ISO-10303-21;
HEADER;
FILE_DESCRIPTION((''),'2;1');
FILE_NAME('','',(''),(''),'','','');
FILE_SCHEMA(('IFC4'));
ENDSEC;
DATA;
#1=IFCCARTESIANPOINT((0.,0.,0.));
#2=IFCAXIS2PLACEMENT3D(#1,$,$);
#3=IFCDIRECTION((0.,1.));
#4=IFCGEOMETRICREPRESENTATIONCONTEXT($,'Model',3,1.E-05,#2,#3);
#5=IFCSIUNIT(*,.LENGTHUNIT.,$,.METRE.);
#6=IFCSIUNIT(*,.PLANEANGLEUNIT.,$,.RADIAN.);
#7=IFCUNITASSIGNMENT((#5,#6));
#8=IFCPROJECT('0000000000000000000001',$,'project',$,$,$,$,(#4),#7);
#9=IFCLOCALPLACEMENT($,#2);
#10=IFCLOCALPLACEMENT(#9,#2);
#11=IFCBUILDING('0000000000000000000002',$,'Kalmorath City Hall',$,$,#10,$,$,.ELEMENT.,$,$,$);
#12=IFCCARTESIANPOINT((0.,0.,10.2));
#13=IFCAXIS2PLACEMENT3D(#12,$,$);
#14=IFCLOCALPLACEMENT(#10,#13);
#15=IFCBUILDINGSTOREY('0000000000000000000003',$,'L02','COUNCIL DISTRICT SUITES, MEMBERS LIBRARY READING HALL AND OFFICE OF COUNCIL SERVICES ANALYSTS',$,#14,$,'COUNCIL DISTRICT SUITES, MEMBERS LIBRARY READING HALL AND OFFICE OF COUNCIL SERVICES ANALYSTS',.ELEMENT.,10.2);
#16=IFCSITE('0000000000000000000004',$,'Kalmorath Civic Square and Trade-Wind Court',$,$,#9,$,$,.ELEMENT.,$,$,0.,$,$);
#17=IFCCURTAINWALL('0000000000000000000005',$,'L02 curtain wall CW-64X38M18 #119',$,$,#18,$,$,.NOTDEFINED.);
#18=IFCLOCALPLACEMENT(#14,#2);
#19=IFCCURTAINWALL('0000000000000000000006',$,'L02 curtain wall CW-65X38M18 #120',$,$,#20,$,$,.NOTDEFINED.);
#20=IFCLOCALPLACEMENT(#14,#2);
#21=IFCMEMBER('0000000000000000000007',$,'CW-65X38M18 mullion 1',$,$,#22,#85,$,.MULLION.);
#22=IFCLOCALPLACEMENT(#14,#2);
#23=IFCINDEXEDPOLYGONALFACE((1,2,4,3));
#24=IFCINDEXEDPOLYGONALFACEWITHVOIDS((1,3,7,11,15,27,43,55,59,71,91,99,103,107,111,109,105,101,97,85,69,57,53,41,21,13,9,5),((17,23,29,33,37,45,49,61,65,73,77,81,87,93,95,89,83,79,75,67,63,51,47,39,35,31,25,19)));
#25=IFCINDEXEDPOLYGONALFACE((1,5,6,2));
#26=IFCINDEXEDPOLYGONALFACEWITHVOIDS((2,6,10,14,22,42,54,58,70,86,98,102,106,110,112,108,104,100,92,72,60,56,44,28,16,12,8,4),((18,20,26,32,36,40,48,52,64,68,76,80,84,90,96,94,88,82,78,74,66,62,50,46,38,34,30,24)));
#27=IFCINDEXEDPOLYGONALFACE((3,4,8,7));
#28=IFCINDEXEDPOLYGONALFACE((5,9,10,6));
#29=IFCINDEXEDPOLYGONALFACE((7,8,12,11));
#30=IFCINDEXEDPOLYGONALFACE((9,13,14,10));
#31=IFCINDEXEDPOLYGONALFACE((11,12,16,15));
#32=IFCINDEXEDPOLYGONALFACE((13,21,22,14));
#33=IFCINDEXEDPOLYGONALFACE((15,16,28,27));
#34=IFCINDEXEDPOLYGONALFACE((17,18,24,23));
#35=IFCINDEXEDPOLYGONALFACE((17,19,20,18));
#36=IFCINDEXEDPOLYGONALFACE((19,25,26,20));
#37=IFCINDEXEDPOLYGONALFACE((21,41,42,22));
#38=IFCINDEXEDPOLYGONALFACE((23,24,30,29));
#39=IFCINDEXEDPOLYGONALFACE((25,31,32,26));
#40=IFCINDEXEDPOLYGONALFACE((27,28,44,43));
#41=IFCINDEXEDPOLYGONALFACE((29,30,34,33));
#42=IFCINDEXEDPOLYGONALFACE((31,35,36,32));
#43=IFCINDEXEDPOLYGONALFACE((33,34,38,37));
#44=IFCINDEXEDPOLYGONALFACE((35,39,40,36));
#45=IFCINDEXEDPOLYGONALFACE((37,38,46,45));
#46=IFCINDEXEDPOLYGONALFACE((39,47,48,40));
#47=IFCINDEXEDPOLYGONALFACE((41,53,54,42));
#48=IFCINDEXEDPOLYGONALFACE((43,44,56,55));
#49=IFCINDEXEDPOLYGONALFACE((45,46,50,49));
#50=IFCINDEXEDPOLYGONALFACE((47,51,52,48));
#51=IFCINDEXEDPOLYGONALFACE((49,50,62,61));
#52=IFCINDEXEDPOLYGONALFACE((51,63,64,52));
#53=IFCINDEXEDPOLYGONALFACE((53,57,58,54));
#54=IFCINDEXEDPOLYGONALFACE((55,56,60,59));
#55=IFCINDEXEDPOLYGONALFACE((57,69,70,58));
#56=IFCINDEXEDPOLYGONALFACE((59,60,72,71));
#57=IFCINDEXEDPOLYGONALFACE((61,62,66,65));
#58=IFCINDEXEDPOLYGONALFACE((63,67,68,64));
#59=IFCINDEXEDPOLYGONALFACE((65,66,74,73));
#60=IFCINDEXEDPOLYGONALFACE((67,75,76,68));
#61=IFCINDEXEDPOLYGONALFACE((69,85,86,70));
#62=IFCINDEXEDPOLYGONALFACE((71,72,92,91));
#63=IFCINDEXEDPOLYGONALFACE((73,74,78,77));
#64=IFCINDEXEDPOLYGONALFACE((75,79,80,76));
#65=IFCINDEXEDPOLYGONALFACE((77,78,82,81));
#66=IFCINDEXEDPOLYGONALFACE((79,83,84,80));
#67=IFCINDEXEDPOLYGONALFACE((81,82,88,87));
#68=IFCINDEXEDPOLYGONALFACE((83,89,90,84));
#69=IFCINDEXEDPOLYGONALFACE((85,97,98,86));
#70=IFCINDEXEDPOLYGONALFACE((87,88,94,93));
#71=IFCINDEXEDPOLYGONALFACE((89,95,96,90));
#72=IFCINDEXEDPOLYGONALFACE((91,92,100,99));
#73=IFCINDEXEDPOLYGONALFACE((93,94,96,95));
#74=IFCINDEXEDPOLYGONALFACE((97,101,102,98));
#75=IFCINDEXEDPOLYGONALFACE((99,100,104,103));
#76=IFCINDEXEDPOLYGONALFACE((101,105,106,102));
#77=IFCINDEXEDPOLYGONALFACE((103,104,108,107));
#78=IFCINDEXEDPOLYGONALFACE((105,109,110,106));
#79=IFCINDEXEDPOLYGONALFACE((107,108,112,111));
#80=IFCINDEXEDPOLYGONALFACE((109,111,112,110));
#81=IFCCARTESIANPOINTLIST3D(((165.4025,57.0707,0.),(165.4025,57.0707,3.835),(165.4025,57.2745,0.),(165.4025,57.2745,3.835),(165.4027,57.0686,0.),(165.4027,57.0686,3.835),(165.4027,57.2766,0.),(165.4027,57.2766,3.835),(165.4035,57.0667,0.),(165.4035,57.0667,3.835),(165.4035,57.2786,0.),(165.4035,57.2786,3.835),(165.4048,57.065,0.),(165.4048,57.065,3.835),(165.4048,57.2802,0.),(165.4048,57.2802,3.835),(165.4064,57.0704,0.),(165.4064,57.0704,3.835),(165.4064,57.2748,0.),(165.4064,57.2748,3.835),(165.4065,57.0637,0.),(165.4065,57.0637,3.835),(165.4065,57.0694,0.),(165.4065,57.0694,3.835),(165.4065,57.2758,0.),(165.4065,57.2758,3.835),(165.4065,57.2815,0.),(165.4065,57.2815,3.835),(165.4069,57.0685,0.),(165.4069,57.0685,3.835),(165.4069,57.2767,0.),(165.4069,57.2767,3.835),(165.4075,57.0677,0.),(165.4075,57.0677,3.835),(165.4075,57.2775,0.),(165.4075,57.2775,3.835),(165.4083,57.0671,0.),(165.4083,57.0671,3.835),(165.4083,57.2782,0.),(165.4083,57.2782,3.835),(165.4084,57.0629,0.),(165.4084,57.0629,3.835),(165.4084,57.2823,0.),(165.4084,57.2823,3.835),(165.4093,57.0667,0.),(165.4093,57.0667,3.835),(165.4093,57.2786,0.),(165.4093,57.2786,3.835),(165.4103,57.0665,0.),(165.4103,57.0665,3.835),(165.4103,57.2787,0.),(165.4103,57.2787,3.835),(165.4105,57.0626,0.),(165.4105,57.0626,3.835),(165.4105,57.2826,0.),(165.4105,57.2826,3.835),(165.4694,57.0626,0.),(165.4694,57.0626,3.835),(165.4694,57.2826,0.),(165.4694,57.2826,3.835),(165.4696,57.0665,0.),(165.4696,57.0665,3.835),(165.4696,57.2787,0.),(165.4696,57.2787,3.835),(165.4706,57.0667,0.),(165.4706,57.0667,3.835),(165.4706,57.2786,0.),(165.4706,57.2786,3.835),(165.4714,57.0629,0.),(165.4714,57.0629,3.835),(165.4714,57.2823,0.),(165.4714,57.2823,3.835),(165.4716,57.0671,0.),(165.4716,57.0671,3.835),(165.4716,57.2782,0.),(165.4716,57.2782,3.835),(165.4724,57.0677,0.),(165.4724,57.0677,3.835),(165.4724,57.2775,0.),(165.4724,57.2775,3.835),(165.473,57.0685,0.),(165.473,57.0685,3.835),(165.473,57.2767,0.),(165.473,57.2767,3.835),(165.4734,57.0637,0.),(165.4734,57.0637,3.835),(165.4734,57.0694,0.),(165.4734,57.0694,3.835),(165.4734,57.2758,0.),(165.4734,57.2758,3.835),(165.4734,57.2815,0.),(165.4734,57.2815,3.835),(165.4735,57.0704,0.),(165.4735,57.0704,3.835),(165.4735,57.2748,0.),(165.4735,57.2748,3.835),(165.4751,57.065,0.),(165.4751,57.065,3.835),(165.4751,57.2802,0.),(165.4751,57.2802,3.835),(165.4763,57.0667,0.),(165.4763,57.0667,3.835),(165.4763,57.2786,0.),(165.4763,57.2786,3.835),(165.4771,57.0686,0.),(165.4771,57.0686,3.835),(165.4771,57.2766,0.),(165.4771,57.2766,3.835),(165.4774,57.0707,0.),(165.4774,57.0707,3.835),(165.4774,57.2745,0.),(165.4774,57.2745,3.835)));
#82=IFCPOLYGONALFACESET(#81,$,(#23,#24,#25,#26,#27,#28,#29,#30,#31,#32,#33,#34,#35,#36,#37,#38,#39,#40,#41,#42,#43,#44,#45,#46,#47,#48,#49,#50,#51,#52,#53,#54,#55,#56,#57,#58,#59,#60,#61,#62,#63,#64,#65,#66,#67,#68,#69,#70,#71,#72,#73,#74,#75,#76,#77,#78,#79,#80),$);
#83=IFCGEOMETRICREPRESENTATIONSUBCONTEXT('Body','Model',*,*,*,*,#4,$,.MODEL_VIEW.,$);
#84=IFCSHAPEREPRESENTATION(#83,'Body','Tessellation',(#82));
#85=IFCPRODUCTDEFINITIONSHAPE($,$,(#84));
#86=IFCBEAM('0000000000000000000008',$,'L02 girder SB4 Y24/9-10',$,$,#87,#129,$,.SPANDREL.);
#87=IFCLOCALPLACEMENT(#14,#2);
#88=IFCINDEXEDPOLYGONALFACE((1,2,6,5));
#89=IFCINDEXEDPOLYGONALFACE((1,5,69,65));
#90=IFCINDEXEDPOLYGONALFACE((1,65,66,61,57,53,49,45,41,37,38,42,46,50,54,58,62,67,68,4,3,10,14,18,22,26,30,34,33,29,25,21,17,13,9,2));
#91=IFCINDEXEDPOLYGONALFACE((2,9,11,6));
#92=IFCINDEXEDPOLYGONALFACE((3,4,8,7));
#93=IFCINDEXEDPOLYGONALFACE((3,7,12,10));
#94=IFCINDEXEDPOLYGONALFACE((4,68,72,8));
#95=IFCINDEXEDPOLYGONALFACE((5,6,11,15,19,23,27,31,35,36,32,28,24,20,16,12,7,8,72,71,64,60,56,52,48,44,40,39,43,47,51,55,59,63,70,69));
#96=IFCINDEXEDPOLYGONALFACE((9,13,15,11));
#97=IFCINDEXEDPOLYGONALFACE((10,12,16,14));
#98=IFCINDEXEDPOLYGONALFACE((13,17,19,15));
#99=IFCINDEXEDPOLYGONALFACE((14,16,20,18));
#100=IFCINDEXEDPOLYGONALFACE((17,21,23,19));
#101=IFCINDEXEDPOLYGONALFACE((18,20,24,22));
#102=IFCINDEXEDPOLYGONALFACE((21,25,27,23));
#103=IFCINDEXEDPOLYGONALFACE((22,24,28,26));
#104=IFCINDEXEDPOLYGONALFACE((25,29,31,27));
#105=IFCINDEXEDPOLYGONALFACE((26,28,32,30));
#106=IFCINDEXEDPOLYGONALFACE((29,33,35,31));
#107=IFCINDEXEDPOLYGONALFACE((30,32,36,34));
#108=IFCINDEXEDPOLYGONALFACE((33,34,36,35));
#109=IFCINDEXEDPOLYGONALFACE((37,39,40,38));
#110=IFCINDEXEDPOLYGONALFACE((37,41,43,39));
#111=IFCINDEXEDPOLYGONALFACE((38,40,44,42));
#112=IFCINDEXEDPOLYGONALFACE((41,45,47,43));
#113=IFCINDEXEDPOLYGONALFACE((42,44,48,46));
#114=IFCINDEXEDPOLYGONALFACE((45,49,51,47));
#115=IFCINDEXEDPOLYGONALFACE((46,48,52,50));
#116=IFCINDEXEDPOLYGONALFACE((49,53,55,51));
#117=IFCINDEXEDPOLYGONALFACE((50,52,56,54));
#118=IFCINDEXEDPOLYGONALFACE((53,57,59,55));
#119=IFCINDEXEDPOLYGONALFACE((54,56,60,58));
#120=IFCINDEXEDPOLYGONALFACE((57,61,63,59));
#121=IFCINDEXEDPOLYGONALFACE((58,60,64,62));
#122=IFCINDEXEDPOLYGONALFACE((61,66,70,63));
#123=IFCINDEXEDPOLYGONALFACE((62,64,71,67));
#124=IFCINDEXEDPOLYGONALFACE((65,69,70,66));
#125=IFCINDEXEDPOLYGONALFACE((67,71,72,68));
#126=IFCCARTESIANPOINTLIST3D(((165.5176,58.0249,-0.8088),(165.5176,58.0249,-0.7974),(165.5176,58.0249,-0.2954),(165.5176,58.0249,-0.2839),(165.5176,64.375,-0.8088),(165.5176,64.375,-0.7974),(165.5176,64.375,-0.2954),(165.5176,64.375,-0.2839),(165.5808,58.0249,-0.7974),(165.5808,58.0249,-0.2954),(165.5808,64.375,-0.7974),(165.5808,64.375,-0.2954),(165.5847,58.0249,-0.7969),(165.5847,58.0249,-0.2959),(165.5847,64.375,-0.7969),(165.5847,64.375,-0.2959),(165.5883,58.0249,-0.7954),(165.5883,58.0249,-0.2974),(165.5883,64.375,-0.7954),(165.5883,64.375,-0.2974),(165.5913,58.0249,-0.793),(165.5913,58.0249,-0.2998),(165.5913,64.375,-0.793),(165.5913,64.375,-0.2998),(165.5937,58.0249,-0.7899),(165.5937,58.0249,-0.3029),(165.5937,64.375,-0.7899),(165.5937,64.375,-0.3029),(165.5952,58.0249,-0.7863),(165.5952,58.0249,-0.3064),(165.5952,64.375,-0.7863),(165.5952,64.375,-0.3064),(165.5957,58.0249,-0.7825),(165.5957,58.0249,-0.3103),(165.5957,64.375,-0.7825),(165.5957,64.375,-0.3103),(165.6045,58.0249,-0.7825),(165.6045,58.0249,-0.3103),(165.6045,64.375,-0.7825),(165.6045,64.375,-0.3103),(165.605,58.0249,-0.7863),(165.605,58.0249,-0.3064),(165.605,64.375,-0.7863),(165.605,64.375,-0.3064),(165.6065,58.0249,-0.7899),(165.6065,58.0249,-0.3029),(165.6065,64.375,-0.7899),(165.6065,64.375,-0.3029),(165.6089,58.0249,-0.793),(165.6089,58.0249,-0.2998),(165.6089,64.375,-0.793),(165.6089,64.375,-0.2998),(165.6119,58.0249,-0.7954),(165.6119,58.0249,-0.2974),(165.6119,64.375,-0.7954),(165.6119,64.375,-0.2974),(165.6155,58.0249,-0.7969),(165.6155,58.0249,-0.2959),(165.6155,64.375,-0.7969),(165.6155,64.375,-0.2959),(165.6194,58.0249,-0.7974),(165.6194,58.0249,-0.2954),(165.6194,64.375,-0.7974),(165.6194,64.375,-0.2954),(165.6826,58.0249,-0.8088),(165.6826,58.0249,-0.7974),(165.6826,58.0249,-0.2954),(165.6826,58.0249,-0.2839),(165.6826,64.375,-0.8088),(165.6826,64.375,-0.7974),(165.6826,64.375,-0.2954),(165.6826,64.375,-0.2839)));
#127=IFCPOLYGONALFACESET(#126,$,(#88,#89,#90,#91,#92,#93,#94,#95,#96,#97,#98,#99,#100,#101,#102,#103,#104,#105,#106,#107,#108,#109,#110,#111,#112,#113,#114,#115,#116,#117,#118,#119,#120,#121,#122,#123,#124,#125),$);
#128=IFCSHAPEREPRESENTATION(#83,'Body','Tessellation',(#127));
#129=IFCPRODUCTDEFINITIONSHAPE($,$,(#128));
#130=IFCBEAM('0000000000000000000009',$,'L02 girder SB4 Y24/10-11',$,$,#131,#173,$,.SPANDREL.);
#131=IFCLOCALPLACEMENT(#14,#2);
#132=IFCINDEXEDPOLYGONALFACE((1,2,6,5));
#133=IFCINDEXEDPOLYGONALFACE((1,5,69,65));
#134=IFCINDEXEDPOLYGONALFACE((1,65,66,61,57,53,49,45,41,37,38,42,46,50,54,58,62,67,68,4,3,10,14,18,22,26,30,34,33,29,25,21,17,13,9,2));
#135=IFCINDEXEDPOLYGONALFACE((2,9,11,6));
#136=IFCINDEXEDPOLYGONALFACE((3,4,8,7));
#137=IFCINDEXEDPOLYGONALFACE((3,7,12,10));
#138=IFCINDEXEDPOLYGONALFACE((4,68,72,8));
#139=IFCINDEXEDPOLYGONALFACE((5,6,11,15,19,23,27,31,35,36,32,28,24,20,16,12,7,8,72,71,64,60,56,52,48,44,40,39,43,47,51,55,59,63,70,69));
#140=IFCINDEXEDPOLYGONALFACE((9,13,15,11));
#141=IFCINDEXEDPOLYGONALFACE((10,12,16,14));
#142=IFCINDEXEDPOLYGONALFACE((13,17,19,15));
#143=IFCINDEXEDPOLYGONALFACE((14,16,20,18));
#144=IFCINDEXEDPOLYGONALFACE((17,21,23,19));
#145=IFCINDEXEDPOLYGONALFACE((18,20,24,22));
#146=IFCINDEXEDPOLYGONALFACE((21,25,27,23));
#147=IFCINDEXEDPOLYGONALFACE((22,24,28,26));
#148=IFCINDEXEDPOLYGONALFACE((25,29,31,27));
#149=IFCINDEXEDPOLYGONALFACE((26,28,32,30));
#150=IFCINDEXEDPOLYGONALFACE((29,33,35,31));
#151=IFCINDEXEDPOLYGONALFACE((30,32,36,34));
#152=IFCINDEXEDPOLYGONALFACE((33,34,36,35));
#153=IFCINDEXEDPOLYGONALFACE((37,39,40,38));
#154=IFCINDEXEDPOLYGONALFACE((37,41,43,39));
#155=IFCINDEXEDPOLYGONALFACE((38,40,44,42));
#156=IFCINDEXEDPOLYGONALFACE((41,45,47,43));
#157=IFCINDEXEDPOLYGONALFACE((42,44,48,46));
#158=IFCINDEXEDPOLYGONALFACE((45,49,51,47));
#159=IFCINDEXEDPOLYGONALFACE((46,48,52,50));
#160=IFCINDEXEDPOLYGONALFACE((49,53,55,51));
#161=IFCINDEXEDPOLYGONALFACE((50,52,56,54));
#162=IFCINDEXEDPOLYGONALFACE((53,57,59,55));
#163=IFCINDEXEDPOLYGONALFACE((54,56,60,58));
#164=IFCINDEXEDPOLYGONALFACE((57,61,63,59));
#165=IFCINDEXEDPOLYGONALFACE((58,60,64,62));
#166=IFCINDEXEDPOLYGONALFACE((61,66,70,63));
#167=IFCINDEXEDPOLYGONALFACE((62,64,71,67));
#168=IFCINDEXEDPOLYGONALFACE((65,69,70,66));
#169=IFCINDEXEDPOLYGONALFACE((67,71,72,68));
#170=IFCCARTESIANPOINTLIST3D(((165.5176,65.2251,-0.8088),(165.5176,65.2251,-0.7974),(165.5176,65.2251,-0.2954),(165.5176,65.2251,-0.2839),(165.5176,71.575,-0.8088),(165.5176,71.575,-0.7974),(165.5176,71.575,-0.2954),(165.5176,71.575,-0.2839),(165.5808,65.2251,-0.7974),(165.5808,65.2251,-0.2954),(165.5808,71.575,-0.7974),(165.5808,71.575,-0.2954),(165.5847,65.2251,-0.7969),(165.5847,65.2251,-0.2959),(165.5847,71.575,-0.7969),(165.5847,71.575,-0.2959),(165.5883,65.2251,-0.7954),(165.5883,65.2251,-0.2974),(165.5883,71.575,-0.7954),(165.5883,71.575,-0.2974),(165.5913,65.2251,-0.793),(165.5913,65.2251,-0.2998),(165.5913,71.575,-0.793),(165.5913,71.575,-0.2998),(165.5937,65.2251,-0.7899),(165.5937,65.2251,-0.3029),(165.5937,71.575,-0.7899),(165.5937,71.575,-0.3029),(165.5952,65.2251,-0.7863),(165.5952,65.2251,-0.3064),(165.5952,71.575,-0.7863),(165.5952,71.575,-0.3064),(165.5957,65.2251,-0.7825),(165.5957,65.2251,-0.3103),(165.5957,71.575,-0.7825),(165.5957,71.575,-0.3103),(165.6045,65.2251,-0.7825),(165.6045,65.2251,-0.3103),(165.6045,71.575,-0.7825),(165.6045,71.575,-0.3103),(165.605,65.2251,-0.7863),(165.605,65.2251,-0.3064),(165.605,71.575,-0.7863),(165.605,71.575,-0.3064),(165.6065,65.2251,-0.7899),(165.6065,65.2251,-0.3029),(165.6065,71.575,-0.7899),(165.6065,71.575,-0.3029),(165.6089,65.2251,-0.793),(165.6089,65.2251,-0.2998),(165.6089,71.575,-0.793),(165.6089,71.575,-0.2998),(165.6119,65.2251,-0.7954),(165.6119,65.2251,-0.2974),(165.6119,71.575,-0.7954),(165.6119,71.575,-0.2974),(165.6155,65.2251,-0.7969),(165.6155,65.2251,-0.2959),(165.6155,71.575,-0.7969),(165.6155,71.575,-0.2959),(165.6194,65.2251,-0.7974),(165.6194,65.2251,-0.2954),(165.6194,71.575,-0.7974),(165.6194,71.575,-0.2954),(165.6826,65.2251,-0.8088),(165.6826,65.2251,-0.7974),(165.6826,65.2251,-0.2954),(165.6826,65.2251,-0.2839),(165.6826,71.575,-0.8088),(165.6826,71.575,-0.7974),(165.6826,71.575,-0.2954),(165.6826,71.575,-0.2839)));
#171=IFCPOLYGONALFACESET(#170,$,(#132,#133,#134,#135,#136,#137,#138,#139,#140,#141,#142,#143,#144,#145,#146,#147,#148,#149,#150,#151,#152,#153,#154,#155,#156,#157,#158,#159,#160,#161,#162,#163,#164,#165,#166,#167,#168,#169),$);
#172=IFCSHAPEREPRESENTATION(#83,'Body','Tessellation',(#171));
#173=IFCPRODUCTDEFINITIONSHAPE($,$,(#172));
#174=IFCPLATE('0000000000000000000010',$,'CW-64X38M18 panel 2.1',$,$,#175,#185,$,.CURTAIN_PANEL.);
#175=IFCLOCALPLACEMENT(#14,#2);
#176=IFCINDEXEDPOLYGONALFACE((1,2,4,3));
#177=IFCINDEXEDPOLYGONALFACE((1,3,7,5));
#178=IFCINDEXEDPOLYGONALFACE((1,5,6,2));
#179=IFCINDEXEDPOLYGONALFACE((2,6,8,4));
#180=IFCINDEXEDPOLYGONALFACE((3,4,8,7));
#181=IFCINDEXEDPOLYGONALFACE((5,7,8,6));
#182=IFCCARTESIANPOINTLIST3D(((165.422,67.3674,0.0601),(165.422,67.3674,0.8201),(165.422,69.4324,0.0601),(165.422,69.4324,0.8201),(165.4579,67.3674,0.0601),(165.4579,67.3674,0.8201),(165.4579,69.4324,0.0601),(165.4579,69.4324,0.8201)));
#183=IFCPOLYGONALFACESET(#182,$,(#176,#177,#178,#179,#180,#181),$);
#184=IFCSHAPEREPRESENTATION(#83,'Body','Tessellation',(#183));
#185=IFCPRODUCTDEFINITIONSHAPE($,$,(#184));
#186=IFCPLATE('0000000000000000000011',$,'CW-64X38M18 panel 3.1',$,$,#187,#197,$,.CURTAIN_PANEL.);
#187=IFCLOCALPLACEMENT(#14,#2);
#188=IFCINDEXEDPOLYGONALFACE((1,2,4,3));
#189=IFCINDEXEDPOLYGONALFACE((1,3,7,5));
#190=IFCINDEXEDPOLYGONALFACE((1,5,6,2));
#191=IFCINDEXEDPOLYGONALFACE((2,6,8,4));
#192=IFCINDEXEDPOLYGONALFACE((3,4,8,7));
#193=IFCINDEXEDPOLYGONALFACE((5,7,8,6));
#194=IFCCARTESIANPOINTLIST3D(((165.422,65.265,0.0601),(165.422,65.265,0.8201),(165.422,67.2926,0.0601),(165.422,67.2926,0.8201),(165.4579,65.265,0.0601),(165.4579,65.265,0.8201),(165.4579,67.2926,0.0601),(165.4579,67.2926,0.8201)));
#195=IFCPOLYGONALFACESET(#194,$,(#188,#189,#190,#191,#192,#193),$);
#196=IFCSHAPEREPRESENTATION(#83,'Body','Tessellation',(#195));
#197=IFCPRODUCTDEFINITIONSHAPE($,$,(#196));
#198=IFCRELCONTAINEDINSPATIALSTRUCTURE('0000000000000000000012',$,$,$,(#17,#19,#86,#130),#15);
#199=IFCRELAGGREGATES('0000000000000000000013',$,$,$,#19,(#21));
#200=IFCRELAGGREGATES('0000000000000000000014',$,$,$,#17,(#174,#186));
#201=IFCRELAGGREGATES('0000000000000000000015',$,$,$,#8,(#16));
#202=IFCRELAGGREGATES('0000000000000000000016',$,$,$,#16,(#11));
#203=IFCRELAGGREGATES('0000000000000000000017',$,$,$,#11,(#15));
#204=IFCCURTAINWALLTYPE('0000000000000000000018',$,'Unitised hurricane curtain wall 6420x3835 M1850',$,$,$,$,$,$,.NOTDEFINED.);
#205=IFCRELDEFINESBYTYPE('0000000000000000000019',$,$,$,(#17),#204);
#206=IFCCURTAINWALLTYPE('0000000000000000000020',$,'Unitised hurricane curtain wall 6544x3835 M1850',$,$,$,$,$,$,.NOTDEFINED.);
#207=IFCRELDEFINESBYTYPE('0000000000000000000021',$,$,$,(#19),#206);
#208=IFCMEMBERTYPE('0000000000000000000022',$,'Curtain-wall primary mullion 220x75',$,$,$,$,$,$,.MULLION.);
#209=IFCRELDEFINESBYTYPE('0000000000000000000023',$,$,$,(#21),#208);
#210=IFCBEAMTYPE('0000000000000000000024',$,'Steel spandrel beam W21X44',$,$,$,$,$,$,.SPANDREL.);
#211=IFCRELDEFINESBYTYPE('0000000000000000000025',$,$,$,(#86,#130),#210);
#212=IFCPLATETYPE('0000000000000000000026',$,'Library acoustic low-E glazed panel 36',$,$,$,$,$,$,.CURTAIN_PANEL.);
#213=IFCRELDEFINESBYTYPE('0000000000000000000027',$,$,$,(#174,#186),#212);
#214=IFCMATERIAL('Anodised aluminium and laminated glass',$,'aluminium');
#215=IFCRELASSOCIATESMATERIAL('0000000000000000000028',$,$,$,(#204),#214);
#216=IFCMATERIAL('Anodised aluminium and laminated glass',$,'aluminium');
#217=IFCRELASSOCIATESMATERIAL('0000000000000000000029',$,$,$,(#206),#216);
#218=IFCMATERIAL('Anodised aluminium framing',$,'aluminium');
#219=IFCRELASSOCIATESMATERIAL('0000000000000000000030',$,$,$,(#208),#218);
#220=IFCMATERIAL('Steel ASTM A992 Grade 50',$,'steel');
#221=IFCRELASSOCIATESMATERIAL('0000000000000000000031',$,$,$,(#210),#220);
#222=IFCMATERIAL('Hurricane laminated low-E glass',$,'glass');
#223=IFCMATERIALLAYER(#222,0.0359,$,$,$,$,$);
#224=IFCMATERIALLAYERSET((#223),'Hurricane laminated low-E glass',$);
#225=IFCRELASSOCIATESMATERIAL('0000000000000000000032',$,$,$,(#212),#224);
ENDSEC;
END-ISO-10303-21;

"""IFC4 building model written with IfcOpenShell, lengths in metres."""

from ifc_helpers import new_model, si_unit, direction, frame, origin, origin_2d, place, context, subcontext, project, spatial, rectangle, hollow_rectangle, i_section, extrude, material, layer, layer_set, material_profile, profile_set, type_object, element, aggregate, save


model = new_model("IFC4")

# Units and contexts
model_context = context("Model", 3, precision=1e-05, world=origin(), true_north=direction((0.0, 1.0)))
body_context = subcontext(model_context, "Body", "Model", "MODEL_VIEW")
ifc_project = project(units=[si_unit("LENGTHUNIT", "METRE"), si_unit("PLANEANGLEUNIT", "RADIAN")], contexts=[model_context])

# Site, building, storey
site_placement = place(None, origin())
site = spatial("IfcSite", under=ifc_project, at=site_placement, Name="Kalmorath Civic Square and Trade-Wind Court", CompositionType="ELEMENT", RefElevation=0.0)
building_placement = place(site_placement, origin())
building = spatial("IfcBuilding", under=site, at=building_placement, Name="Kalmorath City Hall", CompositionType="ELEMENT")
storey_placement = place(building_placement, frame((0.0, 0.0, 10.2)))
storey = spatial("IfcBuildingStorey", under=building, at=storey_placement, Name="L02", Description="COUNCIL DISTRICT SUITES, MEMBERS LIBRARY READING HALL AND OFFICE OF COUNCIL SERVICES ANALYSTS", LongName="COUNCIL DISTRICT SUITES, MEMBERS LIBRARY READING HALL AND OFFICE OF COUNCIL SERVICES ANALYSTS", CompositionType="ELEMENT", Elevation=10.2)

# Curtain walls
ifc_material_1 = material(Name="Anodised aluminium and laminated glass", Category="aluminium")
curtain_wall_type_1 = type_object("IfcCurtainWallType", Name="Unitised hurricane curtain wall 6420x3835 M1850", PredefinedType="NOTDEFINED", material=ifc_material_1)
curtain_wall_1_placement = place(storey_placement, origin())
curtain_wall_1 = element("IfcCurtainWall", 1, at=curtain_wall_1_placement, inside=storey, type_object=curtain_wall_type_1, Name="L02 curtain wall CW-64X38M18 #119", PredefinedType="NOTDEFINED")
ifc_material_2 = material(Name="Anodised aluminium and laminated glass", Category="aluminium")
curtain_wall_type_2 = type_object("IfcCurtainWallType", Name="Unitised hurricane curtain wall 6544x3835 M1850", PredefinedType="NOTDEFINED", material=ifc_material_2)
curtain_wall_2_placement = place(storey_placement, origin())
curtain_wall_2 = element("IfcCurtainWall", 2, at=curtain_wall_2_placement, inside=storey, type_object=curtain_wall_type_2, Name="L02 curtain wall CW-65X38M18 #120", PredefinedType="NOTDEFINED")

# Member
ifc_material_3 = material(Name="Anodised aluminium framing", Category="aluminium")
ifc_material_profile_1 = material_profile(ifc_material_3, hollow_rectangle(XDim=0.075, YDim=0.22, WallThickness=0.0039, InnerFilletRadius=0.0039, OuterFilletRadius=0.0081, at=origin_2d()), Name="ALU-MUL-220X75X4")
ifc_profile_set_1 = profile_set([ifc_material_profile_1], Name="Anodised aluminium framing")
member_type_1 = type_object("IfcMemberType", Name="Curtain-wall primary mullion 220x75", PredefinedType="MULLION", material=ifc_profile_set_1)
member_1_placement = place(storey_placement, frame((165.4399, 57.1726, 0.0), z_axis=(0.0, 0.0, 1.0), x_axis=(1.0, 0.0, 0.0)))
member_1 = element("IfcMember", 3, at=member_1_placement, type_object=member_type_1, Name="CW-65X38M18 mullion 1", PredefinedType="MULLION", context=body_context, shape_type="SweptSolid", body=[
    extrude(hollow_rectangle(XDim=0.075, YDim=0.22, WallThickness=0.0039, InnerFilletRadius=0.0039, OuterFilletRadius=0.0081, at=origin_2d()), origin(), (0.0, 0.0, 1.0), 3.835),
])
aggregate(curtain_wall_2, [member_1])

# Beams
ifc_material_4 = material(Name="Steel ASTM A992 Grade 50", Category="steel")
ifc_material_profile_2 = material_profile(ifc_material_4, i_section(OverallWidth=0.165, OverallDepth=0.5249, WebThickness=0.0088, FlangeThickness=0.0115, FilletRadius=0.0149, at=origin_2d()), Name="W21X44")
ifc_profile_set_2 = profile_set([ifc_material_profile_2], Name="Steel ASTM A992 Grade 50")
beam_type = type_object("IfcBeamType", Name="Steel spandrel beam W21X44", PredefinedType="SPANDREL", material=ifc_profile_set_2)
beam_1_placement = place(storey_placement, frame((165.6001, 58.0249, -0.5464), z_axis=(0.0, 1.0, 0.0), x_axis=(-1.0, 0.0, 0.0)))
element("IfcBeam", 4, at=beam_1_placement, inside=storey, type_object=beam_type, Name="L02 girder SB4 Y24/9-10", PredefinedType="SPANDREL", context=body_context, shape_type="SweptSolid", body=[
    extrude(i_section(OverallWidth=0.165, OverallDepth=0.5249, WebThickness=0.0088, FlangeThickness=0.0115, FilletRadius=0.0149, at=origin_2d()), origin(), (0.0, 0.0, 1.0), 6.3501),
])
beam_2_placement = place(storey_placement, frame((165.6001, 65.2251, -0.5464), z_axis=(0.0, 1.0, 0.0), x_axis=(-1.0, 0.0, 0.0)))
element("IfcBeam", 5, at=beam_2_placement, inside=storey, type_object=beam_type, Name="L02 girder SB4 Y24/10-11", PredefinedType="SPANDREL", context=body_context, shape_type="SweptSolid", body=[
    extrude(i_section(OverallWidth=0.165, OverallDepth=0.5249, WebThickness=0.0088, FlangeThickness=0.0115, FilletRadius=0.0149, at=origin_2d()), origin(), (0.0, 0.0, 1.0), 6.3499),
])

# Plates
ifc_material_5 = material(Name="Hurricane laminated low-E glass", Category="glass")
ifc_layer_1 = layer(ifc_material_5, 0.0359)
ifc_layer_set_1 = layer_set([ifc_layer_1], Name="Hurricane laminated low-E glass")
plate_type = type_object("IfcPlateType", Name="Library acoustic low-E glazed panel 36", PredefinedType="CURTAIN_PANEL", material=ifc_layer_set_1)
plate_1_placement = place(storey_placement, frame((165.4399, 68.3999, 0.0601), z_axis=(0.0, 0.0, 1.0), x_axis=(0.0, -1.0, 0.0)))
plate_1 = element("IfcPlate", 6, at=plate_1_placement, type_object=plate_type, Name="CW-64X38M18 panel 2.1", PredefinedType="CURTAIN_PANEL", context=body_context, shape_type="SweptSolid", body=[
    extrude(rectangle(XDim=2.0649, YDim=0.0359, at=origin_2d()), origin(), (0.0, 0.0, 1.0), 0.76),
])
plate_2_placement = place(storey_placement, frame((165.4399, 66.2788, 0.0601), z_axis=(0.0, 0.0, 1.0), x_axis=(0.0, -1.0, 0.0)))
plate_2 = element("IfcPlate", 7, at=plate_2_placement, type_object=plate_type, Name="CW-64X38M18 panel 3.1", PredefinedType="CURTAIN_PANEL", context=body_context, shape_type="SweptSolid", body=[
    extrude(rectangle(XDim=2.0276, YDim=0.0359, at=origin_2d()), origin(), (0.0, 0.0, 1.0), 0.76),
])
aggregate(curtain_wall_1, [plate_1, plate_2])

save(model, "model.ifc")
